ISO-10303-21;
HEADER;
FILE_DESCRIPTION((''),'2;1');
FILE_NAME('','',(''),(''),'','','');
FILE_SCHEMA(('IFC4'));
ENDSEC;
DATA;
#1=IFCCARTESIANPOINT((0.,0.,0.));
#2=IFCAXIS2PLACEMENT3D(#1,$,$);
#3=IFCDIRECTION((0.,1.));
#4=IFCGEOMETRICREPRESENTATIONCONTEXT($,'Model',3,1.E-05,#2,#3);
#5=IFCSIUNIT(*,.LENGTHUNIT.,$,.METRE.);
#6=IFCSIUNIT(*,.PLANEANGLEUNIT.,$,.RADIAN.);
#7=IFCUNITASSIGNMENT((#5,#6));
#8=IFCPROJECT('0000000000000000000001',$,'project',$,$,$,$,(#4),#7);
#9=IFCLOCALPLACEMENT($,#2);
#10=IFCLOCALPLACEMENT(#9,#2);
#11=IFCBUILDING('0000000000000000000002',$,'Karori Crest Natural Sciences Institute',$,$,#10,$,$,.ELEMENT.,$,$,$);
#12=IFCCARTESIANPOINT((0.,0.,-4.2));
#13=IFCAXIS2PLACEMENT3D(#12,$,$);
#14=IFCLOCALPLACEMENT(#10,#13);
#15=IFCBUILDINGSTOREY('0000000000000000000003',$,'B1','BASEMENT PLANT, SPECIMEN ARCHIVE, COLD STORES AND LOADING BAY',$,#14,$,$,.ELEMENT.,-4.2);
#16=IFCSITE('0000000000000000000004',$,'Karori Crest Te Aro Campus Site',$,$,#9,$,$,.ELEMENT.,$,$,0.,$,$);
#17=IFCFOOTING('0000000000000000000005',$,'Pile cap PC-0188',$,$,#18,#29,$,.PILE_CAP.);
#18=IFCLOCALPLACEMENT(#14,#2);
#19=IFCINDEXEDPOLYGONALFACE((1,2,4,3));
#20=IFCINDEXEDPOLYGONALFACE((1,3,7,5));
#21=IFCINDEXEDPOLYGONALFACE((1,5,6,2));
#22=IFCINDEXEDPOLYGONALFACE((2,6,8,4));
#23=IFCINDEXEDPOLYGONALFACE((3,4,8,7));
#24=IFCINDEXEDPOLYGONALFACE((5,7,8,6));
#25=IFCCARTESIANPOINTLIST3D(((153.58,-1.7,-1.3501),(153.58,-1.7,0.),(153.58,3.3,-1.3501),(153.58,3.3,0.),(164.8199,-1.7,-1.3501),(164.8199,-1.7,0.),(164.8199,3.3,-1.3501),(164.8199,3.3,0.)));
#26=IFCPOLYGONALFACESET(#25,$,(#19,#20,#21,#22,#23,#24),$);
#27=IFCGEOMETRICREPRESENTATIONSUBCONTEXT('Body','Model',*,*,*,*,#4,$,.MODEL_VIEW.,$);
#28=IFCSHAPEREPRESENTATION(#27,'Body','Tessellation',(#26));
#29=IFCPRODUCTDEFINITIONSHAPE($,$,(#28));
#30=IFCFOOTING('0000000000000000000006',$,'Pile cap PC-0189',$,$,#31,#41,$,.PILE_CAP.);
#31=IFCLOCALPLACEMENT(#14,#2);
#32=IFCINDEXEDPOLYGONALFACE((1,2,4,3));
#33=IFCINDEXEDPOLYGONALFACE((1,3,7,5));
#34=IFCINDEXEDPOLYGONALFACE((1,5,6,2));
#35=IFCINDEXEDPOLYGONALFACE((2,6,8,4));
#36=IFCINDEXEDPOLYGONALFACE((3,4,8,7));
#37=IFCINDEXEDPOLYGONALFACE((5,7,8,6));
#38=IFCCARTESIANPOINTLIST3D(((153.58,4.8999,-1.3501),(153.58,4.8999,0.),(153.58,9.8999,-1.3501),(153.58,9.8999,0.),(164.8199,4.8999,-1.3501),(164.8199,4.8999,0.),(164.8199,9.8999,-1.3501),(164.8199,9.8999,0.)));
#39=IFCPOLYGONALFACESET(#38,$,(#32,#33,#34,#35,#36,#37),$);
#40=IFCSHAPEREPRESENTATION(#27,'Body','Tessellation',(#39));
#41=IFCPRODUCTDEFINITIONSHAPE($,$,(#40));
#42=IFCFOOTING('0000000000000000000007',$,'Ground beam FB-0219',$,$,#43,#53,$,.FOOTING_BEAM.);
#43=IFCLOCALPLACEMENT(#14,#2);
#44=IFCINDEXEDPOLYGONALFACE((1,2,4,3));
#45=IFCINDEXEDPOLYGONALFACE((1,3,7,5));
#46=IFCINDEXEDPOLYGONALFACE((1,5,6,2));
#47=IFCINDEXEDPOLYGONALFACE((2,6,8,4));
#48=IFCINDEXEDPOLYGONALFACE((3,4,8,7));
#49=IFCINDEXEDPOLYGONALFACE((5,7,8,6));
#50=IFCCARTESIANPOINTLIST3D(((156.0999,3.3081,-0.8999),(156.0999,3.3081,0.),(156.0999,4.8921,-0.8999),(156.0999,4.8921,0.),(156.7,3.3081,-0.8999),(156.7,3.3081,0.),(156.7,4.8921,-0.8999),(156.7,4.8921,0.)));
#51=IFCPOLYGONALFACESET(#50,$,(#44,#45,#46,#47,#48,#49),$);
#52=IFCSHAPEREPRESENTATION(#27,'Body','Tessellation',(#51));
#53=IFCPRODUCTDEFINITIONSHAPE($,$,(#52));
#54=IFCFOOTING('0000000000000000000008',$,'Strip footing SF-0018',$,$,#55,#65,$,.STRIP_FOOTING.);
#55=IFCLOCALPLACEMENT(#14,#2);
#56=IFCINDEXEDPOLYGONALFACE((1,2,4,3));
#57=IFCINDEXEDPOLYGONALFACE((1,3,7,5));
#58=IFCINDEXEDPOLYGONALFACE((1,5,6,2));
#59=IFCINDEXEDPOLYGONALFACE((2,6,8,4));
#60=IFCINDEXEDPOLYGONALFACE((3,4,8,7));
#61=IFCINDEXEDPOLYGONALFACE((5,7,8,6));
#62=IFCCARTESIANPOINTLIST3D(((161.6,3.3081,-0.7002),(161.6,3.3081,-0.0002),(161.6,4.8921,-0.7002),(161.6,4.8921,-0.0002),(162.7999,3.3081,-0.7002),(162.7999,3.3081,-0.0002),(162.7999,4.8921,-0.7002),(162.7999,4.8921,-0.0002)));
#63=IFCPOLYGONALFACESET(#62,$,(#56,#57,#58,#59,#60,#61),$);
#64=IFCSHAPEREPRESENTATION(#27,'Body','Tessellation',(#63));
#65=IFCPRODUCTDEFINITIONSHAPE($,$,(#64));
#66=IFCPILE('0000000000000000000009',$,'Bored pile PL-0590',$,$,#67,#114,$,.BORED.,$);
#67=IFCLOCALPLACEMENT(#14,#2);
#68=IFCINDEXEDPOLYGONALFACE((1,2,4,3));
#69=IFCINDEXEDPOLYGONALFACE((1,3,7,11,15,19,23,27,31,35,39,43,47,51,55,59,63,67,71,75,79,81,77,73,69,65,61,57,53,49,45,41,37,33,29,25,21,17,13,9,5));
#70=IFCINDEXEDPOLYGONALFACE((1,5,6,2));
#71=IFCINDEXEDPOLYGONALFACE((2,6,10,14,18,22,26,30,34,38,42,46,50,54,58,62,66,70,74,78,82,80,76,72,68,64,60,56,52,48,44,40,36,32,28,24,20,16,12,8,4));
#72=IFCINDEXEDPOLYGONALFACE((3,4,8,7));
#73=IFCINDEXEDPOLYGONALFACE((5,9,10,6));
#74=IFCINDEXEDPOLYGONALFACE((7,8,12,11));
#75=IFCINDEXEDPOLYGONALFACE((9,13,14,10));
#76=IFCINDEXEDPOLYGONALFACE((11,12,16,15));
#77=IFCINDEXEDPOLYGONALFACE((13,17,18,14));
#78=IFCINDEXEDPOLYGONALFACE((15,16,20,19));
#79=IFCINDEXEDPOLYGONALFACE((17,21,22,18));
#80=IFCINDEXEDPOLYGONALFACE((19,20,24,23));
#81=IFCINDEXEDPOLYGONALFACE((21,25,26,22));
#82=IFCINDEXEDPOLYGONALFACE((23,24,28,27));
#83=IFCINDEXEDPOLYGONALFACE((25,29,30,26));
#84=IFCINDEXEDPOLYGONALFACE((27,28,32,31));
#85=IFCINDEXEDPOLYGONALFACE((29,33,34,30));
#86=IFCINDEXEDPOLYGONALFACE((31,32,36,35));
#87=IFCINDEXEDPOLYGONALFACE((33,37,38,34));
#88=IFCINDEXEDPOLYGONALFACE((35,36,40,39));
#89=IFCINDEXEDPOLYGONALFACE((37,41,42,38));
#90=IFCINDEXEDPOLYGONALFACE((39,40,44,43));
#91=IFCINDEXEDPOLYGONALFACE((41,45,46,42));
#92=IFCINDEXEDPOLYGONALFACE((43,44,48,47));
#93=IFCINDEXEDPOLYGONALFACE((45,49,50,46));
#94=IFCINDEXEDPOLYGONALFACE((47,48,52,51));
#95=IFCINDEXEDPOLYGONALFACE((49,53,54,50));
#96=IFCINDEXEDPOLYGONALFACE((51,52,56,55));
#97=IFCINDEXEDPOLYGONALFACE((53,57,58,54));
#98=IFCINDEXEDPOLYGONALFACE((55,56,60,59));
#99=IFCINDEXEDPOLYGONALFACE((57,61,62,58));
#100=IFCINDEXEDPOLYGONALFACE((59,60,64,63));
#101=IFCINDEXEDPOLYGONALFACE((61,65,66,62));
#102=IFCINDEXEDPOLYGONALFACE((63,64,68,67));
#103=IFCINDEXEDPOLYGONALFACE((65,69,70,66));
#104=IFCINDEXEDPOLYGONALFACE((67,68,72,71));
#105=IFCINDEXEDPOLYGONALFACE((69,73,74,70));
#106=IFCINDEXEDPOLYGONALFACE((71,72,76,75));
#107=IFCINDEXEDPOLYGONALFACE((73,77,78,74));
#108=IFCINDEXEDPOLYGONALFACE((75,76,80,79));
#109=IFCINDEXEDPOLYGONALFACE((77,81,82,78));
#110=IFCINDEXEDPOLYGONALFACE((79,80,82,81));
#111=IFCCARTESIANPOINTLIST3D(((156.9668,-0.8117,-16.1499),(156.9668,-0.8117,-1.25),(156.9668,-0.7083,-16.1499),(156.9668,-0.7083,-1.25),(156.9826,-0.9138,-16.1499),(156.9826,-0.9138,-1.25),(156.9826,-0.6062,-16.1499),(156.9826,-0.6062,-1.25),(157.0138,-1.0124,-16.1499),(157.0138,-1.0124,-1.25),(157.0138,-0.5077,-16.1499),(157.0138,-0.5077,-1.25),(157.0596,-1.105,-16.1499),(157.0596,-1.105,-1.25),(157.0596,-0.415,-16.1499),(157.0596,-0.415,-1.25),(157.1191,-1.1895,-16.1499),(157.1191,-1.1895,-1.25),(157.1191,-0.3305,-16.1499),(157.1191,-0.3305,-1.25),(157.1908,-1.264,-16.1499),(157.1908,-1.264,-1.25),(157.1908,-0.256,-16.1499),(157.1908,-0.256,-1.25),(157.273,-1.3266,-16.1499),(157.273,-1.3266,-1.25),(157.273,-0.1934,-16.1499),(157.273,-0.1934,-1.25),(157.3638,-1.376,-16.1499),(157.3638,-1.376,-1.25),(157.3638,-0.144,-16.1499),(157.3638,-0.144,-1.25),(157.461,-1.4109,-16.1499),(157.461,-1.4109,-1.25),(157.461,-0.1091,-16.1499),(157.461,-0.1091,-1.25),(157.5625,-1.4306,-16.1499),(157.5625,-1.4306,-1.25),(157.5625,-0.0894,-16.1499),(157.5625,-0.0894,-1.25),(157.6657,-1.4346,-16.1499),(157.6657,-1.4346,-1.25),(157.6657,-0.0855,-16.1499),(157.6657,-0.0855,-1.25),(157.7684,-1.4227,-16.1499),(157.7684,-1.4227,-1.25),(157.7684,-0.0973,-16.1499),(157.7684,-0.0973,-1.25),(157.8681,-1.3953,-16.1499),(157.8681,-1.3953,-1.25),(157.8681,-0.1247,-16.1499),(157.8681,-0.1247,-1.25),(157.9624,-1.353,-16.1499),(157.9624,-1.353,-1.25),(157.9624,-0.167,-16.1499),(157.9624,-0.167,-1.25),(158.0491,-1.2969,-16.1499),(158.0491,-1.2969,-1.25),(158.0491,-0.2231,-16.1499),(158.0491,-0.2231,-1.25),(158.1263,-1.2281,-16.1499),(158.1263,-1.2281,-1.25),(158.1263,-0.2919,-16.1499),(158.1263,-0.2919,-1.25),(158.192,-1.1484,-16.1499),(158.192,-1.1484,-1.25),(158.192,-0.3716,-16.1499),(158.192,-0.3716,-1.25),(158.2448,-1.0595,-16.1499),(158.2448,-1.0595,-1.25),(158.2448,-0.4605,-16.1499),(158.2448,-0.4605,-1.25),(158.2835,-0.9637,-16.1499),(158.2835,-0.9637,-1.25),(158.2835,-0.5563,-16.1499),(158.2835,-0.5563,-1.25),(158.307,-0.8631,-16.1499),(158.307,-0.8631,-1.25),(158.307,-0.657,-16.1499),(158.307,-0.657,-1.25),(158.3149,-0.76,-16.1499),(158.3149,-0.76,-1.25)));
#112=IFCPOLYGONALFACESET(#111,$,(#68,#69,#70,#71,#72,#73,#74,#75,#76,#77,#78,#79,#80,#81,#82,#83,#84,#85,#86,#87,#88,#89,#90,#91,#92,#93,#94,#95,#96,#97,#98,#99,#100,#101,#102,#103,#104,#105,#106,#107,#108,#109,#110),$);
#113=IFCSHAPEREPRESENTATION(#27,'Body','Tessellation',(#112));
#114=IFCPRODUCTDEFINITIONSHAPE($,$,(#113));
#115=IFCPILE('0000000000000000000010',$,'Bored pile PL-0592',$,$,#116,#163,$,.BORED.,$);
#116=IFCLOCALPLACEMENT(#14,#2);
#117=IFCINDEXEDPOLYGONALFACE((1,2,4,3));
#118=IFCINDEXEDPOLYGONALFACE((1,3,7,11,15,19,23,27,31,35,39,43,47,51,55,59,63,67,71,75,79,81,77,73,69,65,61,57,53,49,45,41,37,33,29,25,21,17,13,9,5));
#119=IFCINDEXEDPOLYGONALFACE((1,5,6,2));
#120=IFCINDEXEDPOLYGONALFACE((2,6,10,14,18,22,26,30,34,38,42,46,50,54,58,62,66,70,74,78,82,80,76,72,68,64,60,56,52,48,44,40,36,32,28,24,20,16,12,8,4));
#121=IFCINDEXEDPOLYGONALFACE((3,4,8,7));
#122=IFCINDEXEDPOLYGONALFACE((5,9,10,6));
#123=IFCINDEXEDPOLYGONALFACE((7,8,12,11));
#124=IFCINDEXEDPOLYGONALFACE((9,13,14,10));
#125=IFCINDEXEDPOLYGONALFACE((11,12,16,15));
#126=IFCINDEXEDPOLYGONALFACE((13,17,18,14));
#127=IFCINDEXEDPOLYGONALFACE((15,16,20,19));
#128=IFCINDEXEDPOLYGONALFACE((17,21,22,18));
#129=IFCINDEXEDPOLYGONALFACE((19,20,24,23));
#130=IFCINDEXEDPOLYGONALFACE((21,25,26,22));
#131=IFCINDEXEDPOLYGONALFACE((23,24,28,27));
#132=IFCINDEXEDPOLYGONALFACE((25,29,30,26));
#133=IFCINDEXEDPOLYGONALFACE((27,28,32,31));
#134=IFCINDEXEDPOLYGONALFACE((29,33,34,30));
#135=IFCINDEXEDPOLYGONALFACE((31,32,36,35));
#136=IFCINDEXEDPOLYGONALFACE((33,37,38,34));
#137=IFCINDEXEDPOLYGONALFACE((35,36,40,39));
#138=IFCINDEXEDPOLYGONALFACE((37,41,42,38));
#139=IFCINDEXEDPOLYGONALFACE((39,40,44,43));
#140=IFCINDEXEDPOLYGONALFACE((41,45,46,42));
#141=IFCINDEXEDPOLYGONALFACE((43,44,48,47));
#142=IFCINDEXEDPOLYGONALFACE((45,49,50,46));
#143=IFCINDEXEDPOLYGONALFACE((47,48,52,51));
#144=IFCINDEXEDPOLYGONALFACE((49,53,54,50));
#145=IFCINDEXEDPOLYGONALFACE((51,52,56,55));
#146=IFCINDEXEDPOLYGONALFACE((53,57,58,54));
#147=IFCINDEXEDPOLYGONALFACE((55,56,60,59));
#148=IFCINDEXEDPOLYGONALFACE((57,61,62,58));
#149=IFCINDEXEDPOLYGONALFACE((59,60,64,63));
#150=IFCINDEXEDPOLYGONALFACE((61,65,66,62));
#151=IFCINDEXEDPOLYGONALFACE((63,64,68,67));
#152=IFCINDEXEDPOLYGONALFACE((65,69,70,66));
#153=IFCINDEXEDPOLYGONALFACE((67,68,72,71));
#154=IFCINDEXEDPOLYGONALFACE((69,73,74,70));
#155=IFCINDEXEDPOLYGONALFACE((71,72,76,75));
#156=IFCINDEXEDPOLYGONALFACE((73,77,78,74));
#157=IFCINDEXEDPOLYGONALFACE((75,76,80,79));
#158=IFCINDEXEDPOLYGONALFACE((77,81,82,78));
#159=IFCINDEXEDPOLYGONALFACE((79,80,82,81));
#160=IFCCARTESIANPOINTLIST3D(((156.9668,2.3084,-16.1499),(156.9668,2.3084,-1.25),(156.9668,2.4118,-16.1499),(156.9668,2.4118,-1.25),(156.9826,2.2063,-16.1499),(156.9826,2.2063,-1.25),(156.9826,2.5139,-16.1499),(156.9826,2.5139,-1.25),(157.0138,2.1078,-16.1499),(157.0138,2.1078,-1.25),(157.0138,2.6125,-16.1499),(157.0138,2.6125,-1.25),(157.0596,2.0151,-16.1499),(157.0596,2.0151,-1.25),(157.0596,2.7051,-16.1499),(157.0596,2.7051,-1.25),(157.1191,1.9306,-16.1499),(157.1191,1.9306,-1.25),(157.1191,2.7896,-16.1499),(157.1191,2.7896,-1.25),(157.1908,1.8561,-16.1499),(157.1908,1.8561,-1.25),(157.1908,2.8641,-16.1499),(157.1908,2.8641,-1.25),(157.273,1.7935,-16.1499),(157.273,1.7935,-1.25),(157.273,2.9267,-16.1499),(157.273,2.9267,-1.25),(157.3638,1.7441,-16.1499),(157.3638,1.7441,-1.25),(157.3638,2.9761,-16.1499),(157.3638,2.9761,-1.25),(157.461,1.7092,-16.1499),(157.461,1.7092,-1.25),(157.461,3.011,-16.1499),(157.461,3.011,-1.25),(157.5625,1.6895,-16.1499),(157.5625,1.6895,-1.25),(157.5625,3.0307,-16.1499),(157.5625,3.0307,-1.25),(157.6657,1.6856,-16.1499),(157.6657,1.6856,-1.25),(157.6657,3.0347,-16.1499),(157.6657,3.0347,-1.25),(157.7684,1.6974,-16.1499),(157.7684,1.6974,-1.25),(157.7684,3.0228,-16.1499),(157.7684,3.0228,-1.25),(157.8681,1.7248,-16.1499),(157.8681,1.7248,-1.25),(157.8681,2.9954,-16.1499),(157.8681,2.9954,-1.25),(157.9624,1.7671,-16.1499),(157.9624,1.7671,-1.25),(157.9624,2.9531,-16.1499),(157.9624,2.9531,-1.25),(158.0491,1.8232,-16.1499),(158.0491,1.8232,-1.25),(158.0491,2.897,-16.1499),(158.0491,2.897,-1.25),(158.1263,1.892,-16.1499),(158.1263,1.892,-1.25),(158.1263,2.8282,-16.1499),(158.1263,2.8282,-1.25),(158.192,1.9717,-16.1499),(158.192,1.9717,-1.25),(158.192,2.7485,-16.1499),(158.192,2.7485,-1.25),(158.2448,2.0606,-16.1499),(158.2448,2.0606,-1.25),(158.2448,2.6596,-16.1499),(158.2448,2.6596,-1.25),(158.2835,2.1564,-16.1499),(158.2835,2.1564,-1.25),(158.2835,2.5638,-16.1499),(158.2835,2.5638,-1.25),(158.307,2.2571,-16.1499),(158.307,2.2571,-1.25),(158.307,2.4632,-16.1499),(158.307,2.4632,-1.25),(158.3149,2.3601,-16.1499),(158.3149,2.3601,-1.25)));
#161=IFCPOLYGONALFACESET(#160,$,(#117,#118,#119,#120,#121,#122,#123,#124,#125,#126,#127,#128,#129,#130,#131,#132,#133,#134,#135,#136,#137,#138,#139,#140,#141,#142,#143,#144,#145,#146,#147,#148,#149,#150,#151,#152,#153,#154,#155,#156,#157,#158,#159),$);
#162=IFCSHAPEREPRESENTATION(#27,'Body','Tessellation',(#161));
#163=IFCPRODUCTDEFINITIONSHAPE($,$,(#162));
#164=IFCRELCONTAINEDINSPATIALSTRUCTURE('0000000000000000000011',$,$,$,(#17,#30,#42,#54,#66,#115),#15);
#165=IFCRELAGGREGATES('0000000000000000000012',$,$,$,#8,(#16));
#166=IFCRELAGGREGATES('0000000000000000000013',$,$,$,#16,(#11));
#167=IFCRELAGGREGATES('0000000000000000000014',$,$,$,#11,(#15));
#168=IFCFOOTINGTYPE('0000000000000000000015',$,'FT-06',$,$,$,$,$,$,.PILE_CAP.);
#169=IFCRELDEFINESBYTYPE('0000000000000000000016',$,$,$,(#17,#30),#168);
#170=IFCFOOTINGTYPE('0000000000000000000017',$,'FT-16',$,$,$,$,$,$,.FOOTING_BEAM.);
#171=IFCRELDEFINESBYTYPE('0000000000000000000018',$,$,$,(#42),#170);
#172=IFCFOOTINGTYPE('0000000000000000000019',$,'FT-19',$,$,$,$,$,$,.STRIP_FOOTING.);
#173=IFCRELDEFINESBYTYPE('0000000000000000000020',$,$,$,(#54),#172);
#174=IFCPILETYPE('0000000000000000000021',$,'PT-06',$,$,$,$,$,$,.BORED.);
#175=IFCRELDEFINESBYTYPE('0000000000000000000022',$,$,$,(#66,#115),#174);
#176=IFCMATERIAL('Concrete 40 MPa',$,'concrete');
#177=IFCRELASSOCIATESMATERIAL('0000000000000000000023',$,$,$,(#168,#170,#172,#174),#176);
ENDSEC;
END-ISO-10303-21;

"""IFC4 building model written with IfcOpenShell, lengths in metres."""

from ifc_helpers import new_model, si_unit, direction, frame, origin, origin_2d, place, context, subcontext, project, spatial, rectangle, circle, extrude, material, material_profile, profile_set, type_object, element, save


model = new_model("IFC4")

# Units and contexts
model_context = context("Model", 3, precision=1e-05, world=origin(), true_north=direction((0.0, 1.0)))
body_context = subcontext(model_context, "Body", "Model", "MODEL_VIEW")
ifc_project = project(units=[si_unit("LENGTHUNIT", "METRE"), si_unit("PLANEANGLEUNIT", "RADIAN")], contexts=[model_context])

# Site, building, storey
site_placement = place(None, origin())
site = spatial("IfcSite", under=ifc_project, at=site_placement, Name="Karori Crest Te Aro Campus Site", CompositionType="ELEMENT", RefElevation=0.0)
building_placement = place(site_placement, origin())
building = spatial("IfcBuilding", under=site, at=building_placement, Name="Karori Crest Natural Sciences Institute", CompositionType="ELEMENT")
storey_placement = place(building_placement, frame((0.0, 0.0, -4.2)))
storey = spatial("IfcBuildingStorey", under=building, at=storey_placement, Name="B1", Description="BASEMENT PLANT, SPECIMEN ARCHIVE, COLD STORES AND LOADING BAY", CompositionType="ELEMENT", Elevation=-4.2)

# Footings
ifc_material_1 = material(Name="Concrete 40 MPa", Category="concrete")
footing_type_1 = type_object("IfcFootingType", Name="FT-06", PredefinedType="PILE_CAP", material=ifc_material_1)
for number, where, z_axis, x_axis, name in (
    (1, (159.2, 0.8, -1.3501), (0.0, 0.0, 1.0), (1.0, 0.0, 0.0), "Pile cap PC-0188"),
    (2, (159.2, 7.3999, -1.3501), (0.0, 0.0, 1.0), (1.0, 0.0, 0.0), "Pile cap PC-0189"),
):
    element("IfcFooting", number, at=place(storey_placement, frame(where, z_axis=z_axis, x_axis=x_axis)), inside=storey, type_object=footing_type_1, Name=name, PredefinedType="PILE_CAP", context=body_context, shape_type="SweptSolid", body=[
        extrude(rectangle(XDim=11.24, YDim=5.0, at=origin_2d()), origin(), (0.0, 0.0, 1.0), 1.3501),
    ])
footing_type_2 = type_object("IfcFootingType", Name="FT-16", PredefinedType="FOOTING_BEAM", material=ifc_material_1)
footing_1_placement = place(storey_placement, frame((156.3999, 4.1001, -0.8999), z_axis=(0.0, 0.0, 1.0), x_axis=(0.0, 1.0, 0.0)))
element("IfcFooting", 3, at=footing_1_placement, inside=storey, type_object=footing_type_2, Name="Ground beam FB-0219", PredefinedType="FOOTING_BEAM", context=body_context, shape_type="SweptSolid", body=[
    extrude(rectangle(XDim=1.584, YDim=0.6001, at=origin_2d()), origin(), (0.0, 0.0, 1.0), 0.8999),
])
footing_type_3 = type_object("IfcFootingType", Name="FT-19", PredefinedType="STRIP_FOOTING", material=ifc_material_1)
footing_2_placement = place(storey_placement, frame((162.2, 4.1001, -0.7002), z_axis=(0.0, 0.0, 1.0), x_axis=(0.0, 1.0, 0.0)))
element("IfcFooting", 4, at=footing_2_placement, inside=storey, type_object=footing_type_3, Name="Strip footing SF-0018", PredefinedType="STRIP_FOOTING", context=body_context, shape_type="SweptSolid", body=[
    extrude(rectangle(XDim=1.584, YDim=1.2, at=origin_2d()), origin(), (0.0, 0.0, 1.0), 0.7),
])

# Piles
ifc_material_profile_1 = material_profile(ifc_material_1, circle(Radius=0.675, at=origin_2d()), Name="PILE1350")
ifc_profile_set_1 = profile_set([ifc_material_profile_1], Name="Concrete 40 MPa")
pile_type = type_object("IfcPileType", Name="PT-06", PredefinedType="BORED", material=ifc_profile_set_1)
for number, where, z_axis, x_axis, name in (
    (5, (157.6399, -0.76, -1.25), (0.0, 0.0, -1.0), (1.0, 0.0, 0.0), "Bored pile PL-0590"),
    (6, (157.6399, 2.3601, -1.25), (0.0, 0.0, -1.0), (1.0, 0.0, 0.0), "Bored pile PL-0592"),
):
    element("IfcPile", number, at=place(storey_placement, frame(where, z_axis=z_axis, x_axis=x_axis)), inside=storey, type_object=pile_type, Name=name, PredefinedType="BORED", context=body_context, shape_type="SweptSolid", body=[
        extrude(circle(Radius=0.675, at=origin_2d()), origin(), (0.0, 0.0, 1.0), 14.8999),
    ])

save(model, "model.ifc")
